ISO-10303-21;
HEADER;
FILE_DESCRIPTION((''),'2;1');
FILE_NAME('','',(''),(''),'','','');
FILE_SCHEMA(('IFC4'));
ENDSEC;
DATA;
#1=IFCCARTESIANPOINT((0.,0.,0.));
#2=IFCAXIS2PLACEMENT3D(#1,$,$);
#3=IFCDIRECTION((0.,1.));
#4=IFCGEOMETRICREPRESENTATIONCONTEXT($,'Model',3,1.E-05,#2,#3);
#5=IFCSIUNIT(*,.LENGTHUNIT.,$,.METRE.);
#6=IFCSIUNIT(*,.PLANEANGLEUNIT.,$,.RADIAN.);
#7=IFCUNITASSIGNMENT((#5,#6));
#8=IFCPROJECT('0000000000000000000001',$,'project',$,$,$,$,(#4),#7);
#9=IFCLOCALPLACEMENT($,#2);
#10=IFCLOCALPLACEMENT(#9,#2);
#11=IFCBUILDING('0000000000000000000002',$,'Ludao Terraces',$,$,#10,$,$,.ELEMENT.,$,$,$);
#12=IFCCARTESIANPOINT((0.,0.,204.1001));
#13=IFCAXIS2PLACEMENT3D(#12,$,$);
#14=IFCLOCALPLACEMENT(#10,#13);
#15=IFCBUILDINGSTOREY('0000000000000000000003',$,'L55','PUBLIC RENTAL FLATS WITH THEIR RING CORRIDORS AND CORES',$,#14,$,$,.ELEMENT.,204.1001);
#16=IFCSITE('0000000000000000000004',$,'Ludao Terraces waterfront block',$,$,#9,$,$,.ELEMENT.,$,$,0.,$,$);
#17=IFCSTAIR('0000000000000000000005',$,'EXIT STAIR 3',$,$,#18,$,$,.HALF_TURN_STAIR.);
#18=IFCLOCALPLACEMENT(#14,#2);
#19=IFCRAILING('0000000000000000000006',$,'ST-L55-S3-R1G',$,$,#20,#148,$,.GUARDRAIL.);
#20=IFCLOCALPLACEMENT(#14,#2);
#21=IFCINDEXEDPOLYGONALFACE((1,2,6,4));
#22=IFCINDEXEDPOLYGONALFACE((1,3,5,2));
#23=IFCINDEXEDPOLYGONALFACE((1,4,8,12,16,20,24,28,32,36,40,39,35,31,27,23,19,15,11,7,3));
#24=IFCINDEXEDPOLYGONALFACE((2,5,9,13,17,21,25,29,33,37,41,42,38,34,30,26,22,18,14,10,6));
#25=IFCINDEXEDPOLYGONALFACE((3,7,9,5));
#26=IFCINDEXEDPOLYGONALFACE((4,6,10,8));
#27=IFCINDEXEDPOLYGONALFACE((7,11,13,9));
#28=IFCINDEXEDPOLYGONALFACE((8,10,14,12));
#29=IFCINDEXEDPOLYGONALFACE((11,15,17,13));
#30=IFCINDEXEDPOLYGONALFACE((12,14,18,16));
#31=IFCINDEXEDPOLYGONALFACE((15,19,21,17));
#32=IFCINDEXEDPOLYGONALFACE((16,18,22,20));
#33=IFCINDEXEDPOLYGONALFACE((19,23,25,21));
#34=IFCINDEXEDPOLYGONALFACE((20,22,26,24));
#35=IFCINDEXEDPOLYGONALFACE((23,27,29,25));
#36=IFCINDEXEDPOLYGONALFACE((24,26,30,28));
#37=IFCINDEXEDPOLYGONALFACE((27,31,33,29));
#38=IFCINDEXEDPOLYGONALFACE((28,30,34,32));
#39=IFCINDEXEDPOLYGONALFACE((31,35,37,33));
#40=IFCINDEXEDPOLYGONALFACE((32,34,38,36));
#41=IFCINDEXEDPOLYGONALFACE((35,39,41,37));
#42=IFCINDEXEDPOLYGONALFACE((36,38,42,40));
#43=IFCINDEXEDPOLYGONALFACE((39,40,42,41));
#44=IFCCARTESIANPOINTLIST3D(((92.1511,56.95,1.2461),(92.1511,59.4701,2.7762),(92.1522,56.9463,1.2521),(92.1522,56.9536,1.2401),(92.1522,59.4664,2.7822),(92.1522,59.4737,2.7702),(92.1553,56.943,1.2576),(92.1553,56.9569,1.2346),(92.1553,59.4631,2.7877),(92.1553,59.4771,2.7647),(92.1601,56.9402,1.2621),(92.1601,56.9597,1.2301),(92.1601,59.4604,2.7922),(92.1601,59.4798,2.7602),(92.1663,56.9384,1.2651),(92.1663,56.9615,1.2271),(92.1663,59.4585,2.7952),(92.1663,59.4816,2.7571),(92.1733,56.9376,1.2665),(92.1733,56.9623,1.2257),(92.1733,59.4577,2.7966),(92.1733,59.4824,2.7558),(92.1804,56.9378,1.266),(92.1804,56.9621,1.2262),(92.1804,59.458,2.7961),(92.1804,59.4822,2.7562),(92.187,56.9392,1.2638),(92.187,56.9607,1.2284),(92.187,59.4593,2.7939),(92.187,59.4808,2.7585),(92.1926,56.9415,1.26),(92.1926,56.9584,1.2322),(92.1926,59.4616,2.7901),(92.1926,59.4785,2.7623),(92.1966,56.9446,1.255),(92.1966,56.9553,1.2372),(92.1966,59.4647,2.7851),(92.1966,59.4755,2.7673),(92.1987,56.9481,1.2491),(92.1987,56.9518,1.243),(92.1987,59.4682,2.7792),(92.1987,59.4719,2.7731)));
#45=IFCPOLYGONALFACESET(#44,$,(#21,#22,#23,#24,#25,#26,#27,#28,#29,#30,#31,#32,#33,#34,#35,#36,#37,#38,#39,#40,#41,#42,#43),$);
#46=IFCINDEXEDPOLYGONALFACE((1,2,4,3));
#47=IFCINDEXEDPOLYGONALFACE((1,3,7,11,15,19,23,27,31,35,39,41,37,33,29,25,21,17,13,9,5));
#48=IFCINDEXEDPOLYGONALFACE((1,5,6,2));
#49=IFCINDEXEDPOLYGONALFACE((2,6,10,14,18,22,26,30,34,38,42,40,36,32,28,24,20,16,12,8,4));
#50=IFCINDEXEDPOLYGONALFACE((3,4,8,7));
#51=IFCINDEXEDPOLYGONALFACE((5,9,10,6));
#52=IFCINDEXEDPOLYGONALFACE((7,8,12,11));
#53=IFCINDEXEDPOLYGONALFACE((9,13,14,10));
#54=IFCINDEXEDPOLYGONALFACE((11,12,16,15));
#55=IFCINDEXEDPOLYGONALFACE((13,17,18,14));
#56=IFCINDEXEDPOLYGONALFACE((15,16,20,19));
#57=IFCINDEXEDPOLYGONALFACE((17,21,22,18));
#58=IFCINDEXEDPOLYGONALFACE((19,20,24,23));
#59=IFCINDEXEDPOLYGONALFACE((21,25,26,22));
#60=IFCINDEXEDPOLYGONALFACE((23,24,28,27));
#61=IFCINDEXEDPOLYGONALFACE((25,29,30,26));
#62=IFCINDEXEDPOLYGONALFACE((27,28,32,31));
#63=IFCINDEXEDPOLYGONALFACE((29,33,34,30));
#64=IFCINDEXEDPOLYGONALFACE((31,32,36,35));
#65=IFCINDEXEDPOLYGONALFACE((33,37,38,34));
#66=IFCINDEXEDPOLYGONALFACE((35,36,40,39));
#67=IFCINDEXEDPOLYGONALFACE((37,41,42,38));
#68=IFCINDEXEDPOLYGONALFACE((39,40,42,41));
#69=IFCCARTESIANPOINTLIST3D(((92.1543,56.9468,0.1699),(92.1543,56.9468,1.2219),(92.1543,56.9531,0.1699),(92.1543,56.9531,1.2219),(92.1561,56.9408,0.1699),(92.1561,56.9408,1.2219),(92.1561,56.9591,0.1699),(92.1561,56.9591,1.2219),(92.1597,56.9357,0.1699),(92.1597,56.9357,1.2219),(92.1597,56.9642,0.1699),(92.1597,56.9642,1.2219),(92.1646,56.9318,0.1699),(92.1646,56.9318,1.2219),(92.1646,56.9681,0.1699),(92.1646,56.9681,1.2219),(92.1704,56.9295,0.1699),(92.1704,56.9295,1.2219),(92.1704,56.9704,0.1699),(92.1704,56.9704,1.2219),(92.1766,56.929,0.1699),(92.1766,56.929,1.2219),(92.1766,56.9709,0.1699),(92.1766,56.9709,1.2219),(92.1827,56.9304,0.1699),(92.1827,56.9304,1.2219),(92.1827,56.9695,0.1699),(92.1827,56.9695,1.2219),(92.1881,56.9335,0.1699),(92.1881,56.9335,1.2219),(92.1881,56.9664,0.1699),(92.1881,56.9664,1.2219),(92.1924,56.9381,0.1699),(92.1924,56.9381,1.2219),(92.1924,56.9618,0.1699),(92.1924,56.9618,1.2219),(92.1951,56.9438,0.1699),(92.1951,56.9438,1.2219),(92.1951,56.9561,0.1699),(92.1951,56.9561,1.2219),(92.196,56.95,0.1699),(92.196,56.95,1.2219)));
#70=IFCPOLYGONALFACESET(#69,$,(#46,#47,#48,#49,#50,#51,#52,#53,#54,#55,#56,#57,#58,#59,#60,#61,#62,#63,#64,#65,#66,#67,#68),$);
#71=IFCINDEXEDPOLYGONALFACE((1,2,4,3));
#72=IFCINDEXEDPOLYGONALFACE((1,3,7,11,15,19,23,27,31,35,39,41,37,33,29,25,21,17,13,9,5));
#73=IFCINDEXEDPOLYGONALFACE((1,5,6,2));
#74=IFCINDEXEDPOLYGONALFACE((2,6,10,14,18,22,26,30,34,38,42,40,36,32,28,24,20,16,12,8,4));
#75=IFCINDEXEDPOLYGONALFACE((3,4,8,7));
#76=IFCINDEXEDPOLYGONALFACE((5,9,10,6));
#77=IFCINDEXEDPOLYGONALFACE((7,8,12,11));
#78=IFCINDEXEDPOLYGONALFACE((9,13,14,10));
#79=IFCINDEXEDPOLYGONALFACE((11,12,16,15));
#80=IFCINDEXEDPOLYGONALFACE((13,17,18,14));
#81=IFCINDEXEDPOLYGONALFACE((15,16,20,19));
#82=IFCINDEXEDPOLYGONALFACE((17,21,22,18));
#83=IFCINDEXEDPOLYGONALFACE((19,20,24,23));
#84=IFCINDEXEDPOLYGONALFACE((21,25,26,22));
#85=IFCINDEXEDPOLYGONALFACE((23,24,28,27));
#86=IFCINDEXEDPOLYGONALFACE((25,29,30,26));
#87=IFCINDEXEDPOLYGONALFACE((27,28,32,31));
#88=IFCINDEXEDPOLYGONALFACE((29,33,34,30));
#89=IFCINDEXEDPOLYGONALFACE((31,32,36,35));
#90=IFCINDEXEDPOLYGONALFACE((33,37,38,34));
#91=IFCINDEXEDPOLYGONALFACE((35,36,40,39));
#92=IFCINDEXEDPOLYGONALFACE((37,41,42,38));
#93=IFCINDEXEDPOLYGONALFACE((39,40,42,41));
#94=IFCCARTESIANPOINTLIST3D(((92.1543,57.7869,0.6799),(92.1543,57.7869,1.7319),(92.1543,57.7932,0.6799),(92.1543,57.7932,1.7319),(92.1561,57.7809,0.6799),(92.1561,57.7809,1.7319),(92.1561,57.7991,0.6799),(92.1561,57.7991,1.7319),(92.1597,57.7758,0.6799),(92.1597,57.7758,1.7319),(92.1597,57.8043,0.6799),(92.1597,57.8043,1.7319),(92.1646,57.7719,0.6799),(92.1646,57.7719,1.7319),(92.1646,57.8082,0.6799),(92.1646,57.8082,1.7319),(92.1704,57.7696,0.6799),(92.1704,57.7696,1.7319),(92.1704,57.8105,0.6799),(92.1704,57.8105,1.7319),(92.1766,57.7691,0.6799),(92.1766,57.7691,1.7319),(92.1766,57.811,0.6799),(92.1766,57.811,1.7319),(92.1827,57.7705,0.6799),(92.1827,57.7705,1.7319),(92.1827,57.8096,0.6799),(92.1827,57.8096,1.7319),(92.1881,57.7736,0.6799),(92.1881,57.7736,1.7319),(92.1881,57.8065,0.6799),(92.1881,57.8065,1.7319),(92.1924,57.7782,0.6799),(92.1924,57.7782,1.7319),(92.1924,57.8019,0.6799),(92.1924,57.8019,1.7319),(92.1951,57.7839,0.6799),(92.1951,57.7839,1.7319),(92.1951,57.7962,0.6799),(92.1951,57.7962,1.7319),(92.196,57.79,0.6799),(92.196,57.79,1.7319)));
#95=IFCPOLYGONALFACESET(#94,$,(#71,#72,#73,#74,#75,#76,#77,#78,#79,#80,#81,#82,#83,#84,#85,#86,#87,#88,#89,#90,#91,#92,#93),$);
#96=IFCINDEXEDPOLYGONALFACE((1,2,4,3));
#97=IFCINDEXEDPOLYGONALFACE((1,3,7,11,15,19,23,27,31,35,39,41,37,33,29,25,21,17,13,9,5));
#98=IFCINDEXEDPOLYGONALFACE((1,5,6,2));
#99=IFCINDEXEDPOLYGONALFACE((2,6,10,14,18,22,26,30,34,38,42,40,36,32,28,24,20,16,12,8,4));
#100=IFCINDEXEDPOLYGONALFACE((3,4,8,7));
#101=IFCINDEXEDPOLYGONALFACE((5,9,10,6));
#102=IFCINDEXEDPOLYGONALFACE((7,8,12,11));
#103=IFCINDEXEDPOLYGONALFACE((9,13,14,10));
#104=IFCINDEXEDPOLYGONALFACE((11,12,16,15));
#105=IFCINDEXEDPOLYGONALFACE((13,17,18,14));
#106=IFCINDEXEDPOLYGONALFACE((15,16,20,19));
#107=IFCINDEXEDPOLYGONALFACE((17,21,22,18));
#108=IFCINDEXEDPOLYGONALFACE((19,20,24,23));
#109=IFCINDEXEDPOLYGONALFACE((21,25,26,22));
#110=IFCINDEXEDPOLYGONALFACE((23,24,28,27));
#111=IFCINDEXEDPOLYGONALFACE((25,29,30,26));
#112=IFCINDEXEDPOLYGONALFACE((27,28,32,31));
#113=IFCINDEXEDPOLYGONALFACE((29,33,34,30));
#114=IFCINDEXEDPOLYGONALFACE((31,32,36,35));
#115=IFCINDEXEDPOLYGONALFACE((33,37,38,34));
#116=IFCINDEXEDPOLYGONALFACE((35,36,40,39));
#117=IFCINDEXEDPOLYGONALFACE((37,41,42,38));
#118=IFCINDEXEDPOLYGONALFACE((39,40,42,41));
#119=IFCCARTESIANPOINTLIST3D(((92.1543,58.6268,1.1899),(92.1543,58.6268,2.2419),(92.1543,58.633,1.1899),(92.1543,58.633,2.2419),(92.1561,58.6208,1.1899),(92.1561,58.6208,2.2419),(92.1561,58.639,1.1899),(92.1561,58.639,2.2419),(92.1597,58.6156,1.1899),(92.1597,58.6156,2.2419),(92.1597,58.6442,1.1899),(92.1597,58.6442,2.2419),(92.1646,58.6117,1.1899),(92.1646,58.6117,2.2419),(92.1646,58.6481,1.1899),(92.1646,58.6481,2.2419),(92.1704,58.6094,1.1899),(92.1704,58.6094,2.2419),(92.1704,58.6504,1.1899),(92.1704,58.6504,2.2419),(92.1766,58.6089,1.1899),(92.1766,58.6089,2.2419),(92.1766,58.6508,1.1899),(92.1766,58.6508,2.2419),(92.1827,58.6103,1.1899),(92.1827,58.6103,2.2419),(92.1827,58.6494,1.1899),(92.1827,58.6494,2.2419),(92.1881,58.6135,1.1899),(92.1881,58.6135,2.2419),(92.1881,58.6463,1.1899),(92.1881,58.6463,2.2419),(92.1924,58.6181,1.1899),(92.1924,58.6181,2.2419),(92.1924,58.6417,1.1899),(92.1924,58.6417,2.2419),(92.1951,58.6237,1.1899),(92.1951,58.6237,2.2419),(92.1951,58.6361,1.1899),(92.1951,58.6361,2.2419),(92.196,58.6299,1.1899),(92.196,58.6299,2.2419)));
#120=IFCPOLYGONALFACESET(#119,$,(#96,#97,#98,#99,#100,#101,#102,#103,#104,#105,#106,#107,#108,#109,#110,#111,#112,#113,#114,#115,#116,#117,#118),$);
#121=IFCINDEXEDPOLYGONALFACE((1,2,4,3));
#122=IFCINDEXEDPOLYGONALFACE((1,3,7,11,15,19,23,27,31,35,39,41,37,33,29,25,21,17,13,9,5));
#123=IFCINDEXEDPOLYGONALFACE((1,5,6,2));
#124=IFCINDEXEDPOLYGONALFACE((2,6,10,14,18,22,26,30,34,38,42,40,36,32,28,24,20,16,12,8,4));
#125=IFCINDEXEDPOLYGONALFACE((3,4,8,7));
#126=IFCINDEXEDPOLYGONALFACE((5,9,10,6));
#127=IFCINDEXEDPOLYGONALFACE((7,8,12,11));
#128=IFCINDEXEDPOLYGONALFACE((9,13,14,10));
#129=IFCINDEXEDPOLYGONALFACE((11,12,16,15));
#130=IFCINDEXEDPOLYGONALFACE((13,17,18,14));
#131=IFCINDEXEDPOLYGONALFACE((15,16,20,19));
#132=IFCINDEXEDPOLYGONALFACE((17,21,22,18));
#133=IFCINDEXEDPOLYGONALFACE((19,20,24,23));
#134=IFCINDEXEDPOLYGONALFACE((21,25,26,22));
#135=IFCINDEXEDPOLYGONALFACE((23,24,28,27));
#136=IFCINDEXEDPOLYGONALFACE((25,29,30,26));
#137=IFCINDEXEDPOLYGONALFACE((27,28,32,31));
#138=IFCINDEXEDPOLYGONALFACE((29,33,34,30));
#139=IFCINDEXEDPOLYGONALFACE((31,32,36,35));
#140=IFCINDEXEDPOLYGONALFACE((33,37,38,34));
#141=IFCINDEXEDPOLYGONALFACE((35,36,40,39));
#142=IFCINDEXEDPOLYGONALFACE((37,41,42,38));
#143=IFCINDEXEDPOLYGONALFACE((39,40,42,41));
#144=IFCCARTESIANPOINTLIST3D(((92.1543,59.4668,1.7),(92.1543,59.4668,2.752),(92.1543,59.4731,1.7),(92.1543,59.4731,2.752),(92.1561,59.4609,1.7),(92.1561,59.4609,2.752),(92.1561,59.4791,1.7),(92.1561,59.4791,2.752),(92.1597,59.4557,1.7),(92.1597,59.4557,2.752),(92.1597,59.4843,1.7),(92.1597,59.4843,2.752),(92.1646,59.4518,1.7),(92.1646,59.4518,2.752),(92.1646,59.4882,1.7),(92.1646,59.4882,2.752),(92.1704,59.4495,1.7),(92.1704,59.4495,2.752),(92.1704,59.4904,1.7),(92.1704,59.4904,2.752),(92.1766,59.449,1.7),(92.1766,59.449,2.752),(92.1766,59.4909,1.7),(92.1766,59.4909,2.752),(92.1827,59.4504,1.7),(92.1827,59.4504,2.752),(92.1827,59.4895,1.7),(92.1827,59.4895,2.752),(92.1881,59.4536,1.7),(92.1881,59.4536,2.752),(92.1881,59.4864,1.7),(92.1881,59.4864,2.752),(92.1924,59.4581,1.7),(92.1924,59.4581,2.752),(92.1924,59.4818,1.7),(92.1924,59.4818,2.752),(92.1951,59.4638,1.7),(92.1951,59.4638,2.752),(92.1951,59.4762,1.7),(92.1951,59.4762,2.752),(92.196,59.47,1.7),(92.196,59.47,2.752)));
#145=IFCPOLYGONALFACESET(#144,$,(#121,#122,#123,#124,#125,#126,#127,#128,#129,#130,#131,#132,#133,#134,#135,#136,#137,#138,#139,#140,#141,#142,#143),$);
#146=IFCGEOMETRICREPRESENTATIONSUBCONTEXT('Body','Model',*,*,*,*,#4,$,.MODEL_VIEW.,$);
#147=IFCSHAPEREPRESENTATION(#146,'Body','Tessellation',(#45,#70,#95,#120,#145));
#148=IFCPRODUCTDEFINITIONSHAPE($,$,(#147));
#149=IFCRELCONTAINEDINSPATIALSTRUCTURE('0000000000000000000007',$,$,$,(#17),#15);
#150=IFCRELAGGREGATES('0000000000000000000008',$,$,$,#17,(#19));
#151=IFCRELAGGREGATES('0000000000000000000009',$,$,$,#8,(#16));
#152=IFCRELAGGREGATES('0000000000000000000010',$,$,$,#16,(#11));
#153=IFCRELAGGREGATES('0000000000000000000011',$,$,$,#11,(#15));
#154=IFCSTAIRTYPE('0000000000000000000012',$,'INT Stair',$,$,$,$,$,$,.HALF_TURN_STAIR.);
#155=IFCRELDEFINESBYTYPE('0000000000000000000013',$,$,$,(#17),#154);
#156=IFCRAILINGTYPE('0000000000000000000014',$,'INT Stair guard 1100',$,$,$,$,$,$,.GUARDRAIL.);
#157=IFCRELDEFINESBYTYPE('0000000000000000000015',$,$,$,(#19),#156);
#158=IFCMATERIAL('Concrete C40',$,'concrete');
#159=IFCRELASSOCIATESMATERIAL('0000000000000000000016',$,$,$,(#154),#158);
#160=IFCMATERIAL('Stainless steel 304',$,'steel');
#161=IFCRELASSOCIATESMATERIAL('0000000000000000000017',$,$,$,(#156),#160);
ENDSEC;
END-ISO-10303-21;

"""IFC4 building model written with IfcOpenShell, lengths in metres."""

from ifc_helpers import new_model, si_unit, direction, frame, origin, origin_2d, place, context, subcontext, project, spatial, circle, extrude, material, type_object, element, aggregate, save


model = new_model("IFC4")

# Units and contexts
model_context = context("Model", 3, precision=1e-05, world=origin(), true_north=direction((0.0, 1.0)))
body_context = subcontext(model_context, "Body", "Model", "MODEL_VIEW")
ifc_project = project(units=[si_unit("LENGTHUNIT", "METRE"), si_unit("PLANEANGLEUNIT", "RADIAN")], contexts=[model_context])

# Site, building, storey
site_placement = place(None, origin())
site = spatial("IfcSite", under=ifc_project, at=site_placement, Name="Ludao Terraces waterfront block", CompositionType="ELEMENT", RefElevation=0.0)
building_placement = place(site_placement, origin())
building = spatial("IfcBuilding", under=site, at=building_placement, Name="Ludao Terraces", CompositionType="ELEMENT")
storey_placement = place(building_placement, frame((0.0, 0.0, 204.1001)))
storey = spatial("IfcBuildingStorey", under=building, at=storey_placement, Name="L55", Description="PUBLIC RENTAL FLATS WITH THEIR RING CORRIDORS AND CORES", CompositionType="ELEMENT", Elevation=204.1001)

# Shared definitions
ifc_material_1 = material(Name="Concrete C40", Category="concrete")

# Stair, railing
stair_type = type_object("IfcStairType", Name="INT Stair", PredefinedType="HALF_TURN_STAIR", material=ifc_material_1)
stair_placement = place(storey_placement, origin())
stair = element("IfcStair", 1, at=stair_placement, inside=storey, type_object=stair_type, Name="EXIT STAIR 3", PredefinedType="HALF_TURN_STAIR")
ifc_material_2 = material(Name="Stainless steel 304", Category="steel")
railing_type_1 = type_object("IfcRailingType", Name="INT Stair guard 1100", PredefinedType="GUARDRAIL", material=ifc_material_2)
railing_1_placement = place(storey_placement, frame((92.175, 56.95, 0.1699)))
railing_1 = element("IfcRailing", 2, at=railing_1_placement, type_object=railing_type_1, Name="ST-L55-S3-R1G", PredefinedType="GUARDRAIL", context=body_context, shape_type="SweptSolid", body=[
    extrude(circle(Radius=0.0239, at=origin_2d()), frame((0.0, 0.0, 1.0762), z_axis=(0.0, 0.854785, 0.518982), x_axis=(-1.0, 0.0, 0.0)), (0.0, 0.0, 1.0), 2.9482),
    extrude(circle(Radius=0.021, at=origin_2d()), origin(), (0.0, 0.0, 1.0), 1.052),
    extrude(circle(Radius=0.021, at=origin_2d()), frame((0.0, 0.8401, 0.51)), (0.0, 0.0, 1.0), 1.052),
    extrude(circle(Radius=0.021, at=origin_2d()), frame((0.0, 1.6799, 1.02)), (0.0, 0.0, 1.0), 1.052),
    extrude(circle(Radius=0.021, at=origin_2d()), frame((0.0, 2.52, 1.53)), (0.0, 0.0, 1.0), 1.052),
])
aggregate(stair, [railing_1])

save(model, "model.ifc")
